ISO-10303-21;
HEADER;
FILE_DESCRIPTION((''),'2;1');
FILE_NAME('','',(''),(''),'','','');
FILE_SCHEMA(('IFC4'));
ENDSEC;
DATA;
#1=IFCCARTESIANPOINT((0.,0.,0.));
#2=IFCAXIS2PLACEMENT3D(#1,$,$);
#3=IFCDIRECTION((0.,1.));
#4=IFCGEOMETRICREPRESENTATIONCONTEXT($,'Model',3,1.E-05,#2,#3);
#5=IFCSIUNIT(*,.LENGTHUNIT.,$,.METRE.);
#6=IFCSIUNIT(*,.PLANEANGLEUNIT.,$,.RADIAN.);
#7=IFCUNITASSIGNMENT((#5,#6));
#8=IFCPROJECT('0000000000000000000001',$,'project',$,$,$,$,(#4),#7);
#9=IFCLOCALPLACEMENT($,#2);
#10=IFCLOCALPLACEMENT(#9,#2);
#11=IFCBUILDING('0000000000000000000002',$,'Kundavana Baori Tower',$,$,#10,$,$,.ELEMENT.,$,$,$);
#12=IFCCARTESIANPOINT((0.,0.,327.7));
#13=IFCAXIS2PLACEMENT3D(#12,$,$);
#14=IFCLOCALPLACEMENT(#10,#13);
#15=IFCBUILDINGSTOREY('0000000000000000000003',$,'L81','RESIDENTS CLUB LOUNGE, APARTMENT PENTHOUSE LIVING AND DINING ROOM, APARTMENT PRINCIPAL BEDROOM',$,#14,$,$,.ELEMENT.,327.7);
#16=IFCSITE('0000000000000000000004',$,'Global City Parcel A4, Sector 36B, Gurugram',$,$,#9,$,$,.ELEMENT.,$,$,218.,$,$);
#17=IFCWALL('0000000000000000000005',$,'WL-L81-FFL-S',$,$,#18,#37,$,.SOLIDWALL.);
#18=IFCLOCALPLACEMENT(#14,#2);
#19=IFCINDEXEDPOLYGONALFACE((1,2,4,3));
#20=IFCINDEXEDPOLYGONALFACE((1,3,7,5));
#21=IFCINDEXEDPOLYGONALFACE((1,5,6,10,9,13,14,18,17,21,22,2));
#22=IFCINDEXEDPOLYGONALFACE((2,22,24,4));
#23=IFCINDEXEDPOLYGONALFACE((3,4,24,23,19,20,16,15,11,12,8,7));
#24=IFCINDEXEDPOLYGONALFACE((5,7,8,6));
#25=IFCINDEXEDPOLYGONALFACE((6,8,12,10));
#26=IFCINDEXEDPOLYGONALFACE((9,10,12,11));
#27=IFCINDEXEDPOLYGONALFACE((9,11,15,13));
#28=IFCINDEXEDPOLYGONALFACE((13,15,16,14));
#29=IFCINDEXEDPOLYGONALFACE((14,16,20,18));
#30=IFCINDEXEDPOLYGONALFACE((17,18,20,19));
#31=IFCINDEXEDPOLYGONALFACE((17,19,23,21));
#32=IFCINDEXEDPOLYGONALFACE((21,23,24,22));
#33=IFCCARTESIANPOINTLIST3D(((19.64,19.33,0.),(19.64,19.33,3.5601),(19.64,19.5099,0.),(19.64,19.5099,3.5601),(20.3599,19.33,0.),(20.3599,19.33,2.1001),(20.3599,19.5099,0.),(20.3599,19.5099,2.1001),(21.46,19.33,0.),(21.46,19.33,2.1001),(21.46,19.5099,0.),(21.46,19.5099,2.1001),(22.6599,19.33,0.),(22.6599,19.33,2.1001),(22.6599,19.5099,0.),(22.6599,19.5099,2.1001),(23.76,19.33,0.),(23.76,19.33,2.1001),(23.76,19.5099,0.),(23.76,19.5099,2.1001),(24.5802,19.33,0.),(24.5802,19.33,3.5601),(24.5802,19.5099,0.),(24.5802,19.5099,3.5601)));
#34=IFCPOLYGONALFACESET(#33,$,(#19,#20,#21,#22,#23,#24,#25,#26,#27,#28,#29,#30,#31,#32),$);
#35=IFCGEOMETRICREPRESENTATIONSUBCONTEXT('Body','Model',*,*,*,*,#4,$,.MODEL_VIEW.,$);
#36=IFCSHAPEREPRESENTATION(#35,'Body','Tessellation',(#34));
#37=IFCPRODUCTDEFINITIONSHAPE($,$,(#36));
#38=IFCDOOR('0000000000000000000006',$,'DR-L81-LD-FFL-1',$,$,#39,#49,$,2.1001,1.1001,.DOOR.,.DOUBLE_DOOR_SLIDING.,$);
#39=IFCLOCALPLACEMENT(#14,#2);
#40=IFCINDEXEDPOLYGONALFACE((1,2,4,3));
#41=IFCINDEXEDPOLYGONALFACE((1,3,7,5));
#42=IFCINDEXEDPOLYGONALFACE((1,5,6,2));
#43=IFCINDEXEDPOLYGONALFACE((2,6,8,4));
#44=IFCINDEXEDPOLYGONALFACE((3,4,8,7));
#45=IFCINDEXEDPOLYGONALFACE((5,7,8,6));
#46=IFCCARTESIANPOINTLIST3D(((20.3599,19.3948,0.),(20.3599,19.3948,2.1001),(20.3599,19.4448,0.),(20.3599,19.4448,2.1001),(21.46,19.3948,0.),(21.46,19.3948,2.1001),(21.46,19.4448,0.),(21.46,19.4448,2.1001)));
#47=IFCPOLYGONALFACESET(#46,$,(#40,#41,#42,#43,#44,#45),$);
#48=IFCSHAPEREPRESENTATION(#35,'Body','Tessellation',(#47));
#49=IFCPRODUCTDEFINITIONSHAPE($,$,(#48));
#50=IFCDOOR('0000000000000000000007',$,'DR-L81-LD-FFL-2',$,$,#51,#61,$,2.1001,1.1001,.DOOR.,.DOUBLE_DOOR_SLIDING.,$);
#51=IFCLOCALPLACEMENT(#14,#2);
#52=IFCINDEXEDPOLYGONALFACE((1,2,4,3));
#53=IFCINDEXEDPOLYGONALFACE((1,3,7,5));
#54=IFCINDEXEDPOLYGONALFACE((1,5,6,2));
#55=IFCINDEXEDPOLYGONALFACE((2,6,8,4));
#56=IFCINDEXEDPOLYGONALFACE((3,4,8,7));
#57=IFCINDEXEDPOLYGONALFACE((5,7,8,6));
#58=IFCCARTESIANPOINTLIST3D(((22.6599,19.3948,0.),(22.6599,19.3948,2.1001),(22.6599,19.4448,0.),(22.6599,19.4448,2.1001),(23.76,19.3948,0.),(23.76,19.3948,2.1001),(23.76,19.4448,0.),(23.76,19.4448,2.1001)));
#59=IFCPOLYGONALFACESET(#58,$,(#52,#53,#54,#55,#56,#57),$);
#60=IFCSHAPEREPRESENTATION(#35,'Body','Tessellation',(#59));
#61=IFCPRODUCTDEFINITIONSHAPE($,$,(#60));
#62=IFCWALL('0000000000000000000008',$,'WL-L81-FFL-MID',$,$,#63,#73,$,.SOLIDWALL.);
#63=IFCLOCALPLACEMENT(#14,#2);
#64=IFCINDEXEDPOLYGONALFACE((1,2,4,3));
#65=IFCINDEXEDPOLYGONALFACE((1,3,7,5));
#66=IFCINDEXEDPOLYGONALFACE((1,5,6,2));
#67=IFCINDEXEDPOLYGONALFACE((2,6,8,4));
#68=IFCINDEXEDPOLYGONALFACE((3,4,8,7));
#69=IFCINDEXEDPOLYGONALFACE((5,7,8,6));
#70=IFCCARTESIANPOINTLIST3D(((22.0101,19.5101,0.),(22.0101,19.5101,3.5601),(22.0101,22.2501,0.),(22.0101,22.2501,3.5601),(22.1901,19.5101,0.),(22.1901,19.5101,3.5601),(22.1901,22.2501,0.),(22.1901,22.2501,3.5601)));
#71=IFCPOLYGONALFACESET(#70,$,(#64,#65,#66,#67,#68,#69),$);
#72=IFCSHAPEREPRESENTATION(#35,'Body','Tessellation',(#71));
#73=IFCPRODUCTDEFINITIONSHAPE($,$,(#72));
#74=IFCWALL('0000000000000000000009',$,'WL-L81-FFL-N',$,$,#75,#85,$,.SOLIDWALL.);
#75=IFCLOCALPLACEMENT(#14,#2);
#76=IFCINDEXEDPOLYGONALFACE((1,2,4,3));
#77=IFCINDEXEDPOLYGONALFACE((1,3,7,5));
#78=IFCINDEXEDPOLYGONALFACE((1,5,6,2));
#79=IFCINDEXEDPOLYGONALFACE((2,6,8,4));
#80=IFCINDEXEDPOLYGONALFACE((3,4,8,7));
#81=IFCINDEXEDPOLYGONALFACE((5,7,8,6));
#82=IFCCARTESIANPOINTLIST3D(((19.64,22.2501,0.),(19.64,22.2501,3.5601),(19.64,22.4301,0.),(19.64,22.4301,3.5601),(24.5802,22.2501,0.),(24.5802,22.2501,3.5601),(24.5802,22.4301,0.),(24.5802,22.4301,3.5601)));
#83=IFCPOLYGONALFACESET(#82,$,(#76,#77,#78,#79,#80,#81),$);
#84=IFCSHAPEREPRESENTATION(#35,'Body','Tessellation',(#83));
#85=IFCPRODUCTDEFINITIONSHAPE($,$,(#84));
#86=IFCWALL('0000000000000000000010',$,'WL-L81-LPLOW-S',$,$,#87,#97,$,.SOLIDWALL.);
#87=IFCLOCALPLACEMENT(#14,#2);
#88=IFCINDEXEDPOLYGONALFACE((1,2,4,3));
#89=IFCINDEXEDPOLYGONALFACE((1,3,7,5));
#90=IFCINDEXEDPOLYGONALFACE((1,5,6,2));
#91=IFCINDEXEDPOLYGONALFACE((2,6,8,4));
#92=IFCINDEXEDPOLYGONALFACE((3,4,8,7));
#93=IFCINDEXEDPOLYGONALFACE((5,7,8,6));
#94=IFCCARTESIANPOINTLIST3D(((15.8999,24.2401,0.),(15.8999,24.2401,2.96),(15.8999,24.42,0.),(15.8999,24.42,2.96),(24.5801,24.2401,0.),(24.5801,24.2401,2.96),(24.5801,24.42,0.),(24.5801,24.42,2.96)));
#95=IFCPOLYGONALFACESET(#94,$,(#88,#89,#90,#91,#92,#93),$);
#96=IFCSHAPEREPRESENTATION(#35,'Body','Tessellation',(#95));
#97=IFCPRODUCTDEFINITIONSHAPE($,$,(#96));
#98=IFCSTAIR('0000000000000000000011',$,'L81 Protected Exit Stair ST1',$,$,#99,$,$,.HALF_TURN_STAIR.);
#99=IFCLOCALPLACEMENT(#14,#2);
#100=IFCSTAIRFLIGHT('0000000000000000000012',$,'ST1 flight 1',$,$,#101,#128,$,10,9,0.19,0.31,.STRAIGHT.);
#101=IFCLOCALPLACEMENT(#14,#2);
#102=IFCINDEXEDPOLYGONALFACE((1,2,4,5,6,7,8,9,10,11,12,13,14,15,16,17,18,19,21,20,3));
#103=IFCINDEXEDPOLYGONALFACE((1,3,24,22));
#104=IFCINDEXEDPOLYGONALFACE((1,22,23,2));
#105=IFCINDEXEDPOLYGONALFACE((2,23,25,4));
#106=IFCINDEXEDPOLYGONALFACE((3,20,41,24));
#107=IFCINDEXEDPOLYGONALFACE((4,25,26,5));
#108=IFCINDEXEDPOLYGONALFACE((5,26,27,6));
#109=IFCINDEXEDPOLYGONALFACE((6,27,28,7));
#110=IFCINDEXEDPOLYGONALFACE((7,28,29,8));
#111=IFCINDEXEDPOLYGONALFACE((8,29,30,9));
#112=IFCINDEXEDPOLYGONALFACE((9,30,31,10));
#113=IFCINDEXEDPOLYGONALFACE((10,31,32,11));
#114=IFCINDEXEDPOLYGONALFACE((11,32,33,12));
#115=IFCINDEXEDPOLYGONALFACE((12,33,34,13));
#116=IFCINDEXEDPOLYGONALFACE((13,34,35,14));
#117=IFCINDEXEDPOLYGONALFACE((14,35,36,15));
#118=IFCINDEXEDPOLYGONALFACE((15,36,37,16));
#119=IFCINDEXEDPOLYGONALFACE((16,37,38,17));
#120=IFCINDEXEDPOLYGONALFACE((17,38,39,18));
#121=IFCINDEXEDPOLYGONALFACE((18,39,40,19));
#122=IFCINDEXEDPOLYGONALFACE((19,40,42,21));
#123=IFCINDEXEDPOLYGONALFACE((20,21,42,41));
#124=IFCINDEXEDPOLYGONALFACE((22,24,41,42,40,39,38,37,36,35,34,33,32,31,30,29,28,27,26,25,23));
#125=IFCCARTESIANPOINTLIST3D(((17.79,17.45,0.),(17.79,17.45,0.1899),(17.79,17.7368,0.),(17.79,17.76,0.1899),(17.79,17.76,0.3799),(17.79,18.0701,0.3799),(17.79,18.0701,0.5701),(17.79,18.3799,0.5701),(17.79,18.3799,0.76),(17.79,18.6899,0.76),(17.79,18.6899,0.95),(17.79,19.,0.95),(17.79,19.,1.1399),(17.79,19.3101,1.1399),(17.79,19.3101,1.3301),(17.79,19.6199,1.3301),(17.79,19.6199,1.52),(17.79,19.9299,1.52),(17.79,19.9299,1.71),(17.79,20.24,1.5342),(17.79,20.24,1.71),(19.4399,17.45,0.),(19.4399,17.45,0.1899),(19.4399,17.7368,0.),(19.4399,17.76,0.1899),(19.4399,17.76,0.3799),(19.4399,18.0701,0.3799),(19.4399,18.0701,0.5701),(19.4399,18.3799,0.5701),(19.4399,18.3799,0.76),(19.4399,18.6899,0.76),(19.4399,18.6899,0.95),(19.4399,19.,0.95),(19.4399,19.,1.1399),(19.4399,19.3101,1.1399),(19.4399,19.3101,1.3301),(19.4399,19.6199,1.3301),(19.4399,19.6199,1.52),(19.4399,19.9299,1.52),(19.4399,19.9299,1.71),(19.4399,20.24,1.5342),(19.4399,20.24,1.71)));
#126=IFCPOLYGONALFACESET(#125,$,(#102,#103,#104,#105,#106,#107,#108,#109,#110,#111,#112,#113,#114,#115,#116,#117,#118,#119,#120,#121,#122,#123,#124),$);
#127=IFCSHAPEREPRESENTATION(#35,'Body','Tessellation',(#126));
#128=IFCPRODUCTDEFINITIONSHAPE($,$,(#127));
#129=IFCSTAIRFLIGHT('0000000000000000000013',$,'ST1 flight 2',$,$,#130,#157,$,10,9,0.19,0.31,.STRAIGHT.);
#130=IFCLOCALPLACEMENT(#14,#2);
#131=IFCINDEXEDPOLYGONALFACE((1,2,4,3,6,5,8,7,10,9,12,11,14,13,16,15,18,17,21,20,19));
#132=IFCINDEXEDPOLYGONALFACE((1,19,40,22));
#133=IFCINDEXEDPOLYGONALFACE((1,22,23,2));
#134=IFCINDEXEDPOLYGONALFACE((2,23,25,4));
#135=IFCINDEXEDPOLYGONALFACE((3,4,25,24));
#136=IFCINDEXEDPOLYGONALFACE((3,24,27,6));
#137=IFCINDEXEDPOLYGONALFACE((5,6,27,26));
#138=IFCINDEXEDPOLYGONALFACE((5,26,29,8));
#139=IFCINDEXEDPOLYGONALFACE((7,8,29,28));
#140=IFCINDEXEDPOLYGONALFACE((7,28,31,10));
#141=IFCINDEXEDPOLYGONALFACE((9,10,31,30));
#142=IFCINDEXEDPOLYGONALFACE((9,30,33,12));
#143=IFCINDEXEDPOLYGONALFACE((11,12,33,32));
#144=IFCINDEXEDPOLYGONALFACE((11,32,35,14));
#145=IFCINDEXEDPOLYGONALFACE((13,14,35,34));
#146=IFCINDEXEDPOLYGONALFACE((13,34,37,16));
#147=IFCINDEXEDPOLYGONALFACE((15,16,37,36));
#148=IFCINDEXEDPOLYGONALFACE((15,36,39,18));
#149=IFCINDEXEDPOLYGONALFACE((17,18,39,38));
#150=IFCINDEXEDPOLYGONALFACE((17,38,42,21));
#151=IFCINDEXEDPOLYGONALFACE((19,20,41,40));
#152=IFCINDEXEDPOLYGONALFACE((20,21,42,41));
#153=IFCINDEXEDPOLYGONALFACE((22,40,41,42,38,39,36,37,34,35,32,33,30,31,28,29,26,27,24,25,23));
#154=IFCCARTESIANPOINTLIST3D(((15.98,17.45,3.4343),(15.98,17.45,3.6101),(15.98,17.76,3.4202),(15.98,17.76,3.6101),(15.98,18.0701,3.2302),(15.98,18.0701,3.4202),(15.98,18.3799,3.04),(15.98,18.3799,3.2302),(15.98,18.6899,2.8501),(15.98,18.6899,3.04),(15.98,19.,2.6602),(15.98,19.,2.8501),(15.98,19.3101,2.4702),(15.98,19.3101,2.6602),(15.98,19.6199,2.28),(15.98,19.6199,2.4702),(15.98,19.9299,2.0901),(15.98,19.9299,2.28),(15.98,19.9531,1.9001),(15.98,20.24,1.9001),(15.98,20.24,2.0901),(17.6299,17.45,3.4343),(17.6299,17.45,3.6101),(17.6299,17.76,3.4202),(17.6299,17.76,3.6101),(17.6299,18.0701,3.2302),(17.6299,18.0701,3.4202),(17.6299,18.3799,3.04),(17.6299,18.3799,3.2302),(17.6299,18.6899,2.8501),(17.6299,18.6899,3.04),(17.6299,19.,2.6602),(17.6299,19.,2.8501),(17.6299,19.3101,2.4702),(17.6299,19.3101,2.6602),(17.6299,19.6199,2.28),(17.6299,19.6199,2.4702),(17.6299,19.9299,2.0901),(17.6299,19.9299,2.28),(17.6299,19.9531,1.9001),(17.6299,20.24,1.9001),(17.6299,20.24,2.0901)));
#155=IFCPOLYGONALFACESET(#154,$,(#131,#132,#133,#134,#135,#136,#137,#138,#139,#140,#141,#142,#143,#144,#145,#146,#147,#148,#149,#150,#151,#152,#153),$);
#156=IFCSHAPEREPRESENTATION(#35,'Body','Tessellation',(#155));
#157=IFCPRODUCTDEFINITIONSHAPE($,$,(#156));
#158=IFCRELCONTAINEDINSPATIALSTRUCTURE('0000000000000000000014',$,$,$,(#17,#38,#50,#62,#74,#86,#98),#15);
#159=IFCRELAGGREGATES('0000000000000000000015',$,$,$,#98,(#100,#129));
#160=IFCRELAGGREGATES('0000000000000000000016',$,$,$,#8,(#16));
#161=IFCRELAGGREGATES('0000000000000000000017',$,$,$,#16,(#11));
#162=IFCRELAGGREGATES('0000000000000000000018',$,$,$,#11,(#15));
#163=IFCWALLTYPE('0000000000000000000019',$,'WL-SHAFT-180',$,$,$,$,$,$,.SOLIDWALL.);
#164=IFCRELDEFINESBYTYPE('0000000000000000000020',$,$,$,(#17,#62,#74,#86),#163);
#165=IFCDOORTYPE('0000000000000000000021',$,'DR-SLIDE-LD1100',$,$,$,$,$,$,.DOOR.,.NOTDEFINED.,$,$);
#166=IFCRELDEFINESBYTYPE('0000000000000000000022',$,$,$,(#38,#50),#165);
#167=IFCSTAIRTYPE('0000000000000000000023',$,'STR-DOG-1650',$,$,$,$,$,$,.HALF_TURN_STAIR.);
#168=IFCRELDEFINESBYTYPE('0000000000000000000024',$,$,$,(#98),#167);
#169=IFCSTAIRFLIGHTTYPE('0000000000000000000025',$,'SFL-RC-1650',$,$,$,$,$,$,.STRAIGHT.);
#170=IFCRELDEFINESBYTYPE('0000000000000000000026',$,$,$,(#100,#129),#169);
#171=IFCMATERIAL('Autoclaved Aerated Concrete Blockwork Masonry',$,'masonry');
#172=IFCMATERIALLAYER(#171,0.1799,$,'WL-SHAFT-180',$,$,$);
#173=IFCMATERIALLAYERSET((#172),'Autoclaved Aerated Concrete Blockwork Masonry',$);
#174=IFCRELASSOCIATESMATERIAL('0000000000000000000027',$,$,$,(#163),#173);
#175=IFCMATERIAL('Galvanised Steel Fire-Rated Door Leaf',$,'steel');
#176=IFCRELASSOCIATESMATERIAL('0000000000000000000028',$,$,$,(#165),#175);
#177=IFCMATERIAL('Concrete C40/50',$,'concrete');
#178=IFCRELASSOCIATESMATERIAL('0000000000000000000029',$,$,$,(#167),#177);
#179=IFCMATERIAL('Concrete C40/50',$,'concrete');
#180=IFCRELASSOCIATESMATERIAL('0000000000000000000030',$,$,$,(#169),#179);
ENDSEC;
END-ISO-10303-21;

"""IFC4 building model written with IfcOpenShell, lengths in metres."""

from ifc_helpers import new_model, si_unit, direction, frame, frame_2d, origin, place, context, subcontext, project, spatial, polyline, rectangle, outline, extrude, material, layer, layer_set, type_object, element, fill, aggregate, save


model = new_model("IFC4")

# Units and contexts
model_context = context("Model", 3, precision=1e-05, world=origin(), true_north=direction((0.0, 1.0)))
body_context = subcontext(model_context, "Body", "Model", "MODEL_VIEW")
ifc_project = project(units=[si_unit("LENGTHUNIT", "METRE"), si_unit("PLANEANGLEUNIT", "RADIAN")], contexts=[model_context])

# Site, building, storey
site_placement = place(None, origin())
site = spatial("IfcSite", under=ifc_project, at=site_placement, Name="Global City Parcel A4, Sector 36B, Gurugram", CompositionType="ELEMENT", RefElevation=218.0)
building_placement = place(site_placement, origin())
building = spatial("IfcBuilding", under=site, at=building_placement, Name="Kundavana Baori Tower", CompositionType="ELEMENT")
storey_placement = place(building_placement, frame((0.0, 0.0, 327.7)))
storey = spatial("IfcBuildingStorey", under=building, at=storey_placement, Name="L81", Description="RESIDENTS CLUB LOUNGE, APARTMENT PENTHOUSE LIVING AND DINING ROOM, APARTMENT PRINCIPAL BEDROOM", CompositionType="ELEMENT", Elevation=327.7)

# Wall, openings, doors
ifc_material_1 = material(Name="Autoclaved Aerated Concrete Blockwork Masonry", Category="masonry")
ifc_layer_1 = layer(ifc_material_1, 0.1799, Name="WL-SHAFT-180")
ifc_layer_set_1 = layer_set([ifc_layer_1], Name="Autoclaved Aerated Concrete Blockwork Masonry")
wall_type_1 = type_object("IfcWallType", Name="WL-SHAFT-180", PredefinedType="SOLIDWALL", material=ifc_layer_set_1)
wall_1_placement = place(storey_placement, frame((19.6399, 19.4199, 0.0), z_axis=(0.0, 0.0, 1.0), x_axis=(1.0, 0.0, 0.0)))
wall_1 = element("IfcWall", 1, at=wall_1_placement, inside=storey, type_object=wall_type_1, Name="WL-L81-FFL-S", PredefinedType="SOLIDWALL", context=body_context, shape_type="SweptSolid", body=[
    extrude(rectangle(XDim=4.9402, YDim=0.1799, at=frame_2d((2.4702, 0.0))), origin(), (0.0, 0.0, 1.0), 3.5601),
])
opening_1_placement = place(wall_1_placement, frame((0.72, 0.0, 0.0)))
opening_1 = element("IfcOpeningElement", 2, at=opening_1_placement, cuts=wall_1, PredefinedType="OPENING", context=body_context, shape_type="SweptSolid", body=[
    extrude(rectangle(XDim=1.1001, YDim=2.1001, at=frame_2d((0.55, 1.05))), frame((0.0, 0.1001, 0.0), z_axis=(0.0, -1.0, 0.0), x_axis=(1.0, 0.0, 0.0)), (0.0, 0.0, 1.0), 0.2),
])
opening_2_placement = place(wall_1_placement, frame((3.02, 0.0, 0.0)))
opening_2 = element("IfcOpeningElement", 3, at=opening_2_placement, cuts=wall_1, PredefinedType="OPENING", context=body_context, shape_type="SweptSolid", body=[
    extrude(rectangle(XDim=1.1001, YDim=2.1001, at=frame_2d((0.55, 1.05))), frame((0.0, 0.1001, 0.0), z_axis=(0.0, -1.0, 0.0), x_axis=(1.0, 0.0, 0.0)), (0.0, 0.0, 1.0), 0.2),
])
ifc_material_2 = material(Name="Galvanised Steel Fire-Rated Door Leaf", Category="steel")
door_type_1 = type_object("IfcDoorType", Name="DR-SLIDE-LD1100", OperationType="NOTDEFINED", PredefinedType="DOOR", material=ifc_material_2)
door_1_placement = place(opening_1_placement, origin())
door_1 = element("IfcDoor", 4, at=door_1_placement, inside=storey, type_object=door_type_1, Name="DR-L81-LD-FFL-1", OperationType="DOUBLE_DOOR_SLIDING", OverallHeight=2.1001, OverallWidth=1.1001, PredefinedType="DOOR", context=body_context, shape_type="SweptSolid", body=[
    extrude(rectangle(XDim=1.1001, YDim=2.1001, at=frame_2d((0.55, 1.05))), frame((0.0, 0.0249, 0.0), z_axis=(0.0, -1.0, 0.0), x_axis=(1.0, 0.0, 0.0)), (0.0, 0.0, 1.0), 0.05),
])
fill(opening_1, door_1)
door_2_placement = place(opening_2_placement, origin())
door_2 = element("IfcDoor", 5, at=door_2_placement, inside=storey, type_object=door_type_1, Name="DR-L81-LD-FFL-2", OperationType="DOUBLE_DOOR_SLIDING", OverallHeight=2.1001, OverallWidth=1.1001, PredefinedType="DOOR", context=body_context, shape_type="SweptSolid", body=[
    extrude(rectangle(XDim=1.1001, YDim=2.1001, at=frame_2d((0.55, 1.05))), frame((0.0, 0.0249, 0.0), z_axis=(0.0, -1.0, 0.0), x_axis=(1.0, 0.0, 0.0)), (0.0, 0.0, 1.0), 0.05),
])
fill(opening_2, door_2)

# Walls
wall_2_placement = place(storey_placement, frame((22.1001, 19.51, 0.0), z_axis=(0.0, 0.0, 1.0), x_axis=(0.0, 1.0, 0.0)))
element("IfcWall", 6, at=wall_2_placement, inside=storey, type_object=wall_type_1, Name="WL-L81-FFL-MID", PredefinedType="SOLIDWALL", context=body_context, shape_type="SweptSolid", body=[
    extrude(rectangle(XDim=2.74, YDim=0.1799, at=frame_2d((1.3701, 0.0))), origin(), (0.0, 0.0, 1.0), 3.5601),
])
wall_3_placement = place(storey_placement, frame((19.6399, 22.3401, 0.0), z_axis=(0.0, 0.0, 1.0), x_axis=(1.0, 0.0, 0.0)))
element("IfcWall", 7, at=wall_3_placement, inside=storey, type_object=wall_type_1, Name="WL-L81-FFL-N", PredefinedType="SOLIDWALL", context=body_context, shape_type="SweptSolid", body=[
    extrude(rectangle(XDim=4.9402, YDim=0.1799, at=frame_2d((2.4702, 0.0))), origin(), (0.0, 0.0, 1.0), 3.5601),
])
wall_4_placement = place(storey_placement, frame((15.8999, 24.3301, 0.0), z_axis=(0.0, 0.0, 1.0), x_axis=(1.0, 0.0, 0.0)))
element("IfcWall", 8, at=wall_4_placement, inside=storey, type_object=wall_type_1, Name="WL-L81-LPLOW-S", PredefinedType="SOLIDWALL", context=body_context, shape_type="SweptSolid", body=[
    extrude(rectangle(XDim=8.6802, YDim=0.1799, at=frame_2d((4.3401, 0.0))), origin(), (0.0, 0.0, 1.0), 2.96),
])

# Stair, stair flights
ifc_material_3 = material(Name="Concrete C40/50", Category="concrete")
stair_type = type_object("IfcStairType", Name="STR-DOG-1650", PredefinedType="HALF_TURN_STAIR", material=ifc_material_3)
stair_placement = place(storey_placement, origin())
stair = element("IfcStair", 9, at=stair_placement, inside=storey, type_object=stair_type, Name="L81 Protected Exit Stair ST1", PredefinedType="HALF_TURN_STAIR")
ifc_material_4 = material(Name="Concrete C40/50", Category="concrete")
stair_flight_type = type_object("IfcStairFlightType", Name="SFL-RC-1650", PredefinedType="STRAIGHT", material=ifc_material_4)
stair_flight_1_placement = place(storey_placement, frame((18.615, 17.45, 0.0), z_axis=(0.0, 0.0, 1.0), x_axis=(0.0, 1.0, 0.0)))
stair_flight_1 = element("IfcStairFlight", 10, at=stair_flight_1_placement, type_object=stair_flight_type, Name="ST1 flight 1", NumberOfRisers=10, NumberOfTreads=9, PredefinedType="STRAIGHT", RiserHeight=0.19, TreadLength=0.31, context=body_context, shape_type="SweptSolid", body=[
    extrude(outline(polyline([(0.0, 0.0), (0.0, 0.1899), (0.3101, 0.1899), (0.3101, 0.3799), (0.6201, 0.3799), (0.6201, 0.5701), (0.9299, 0.5701), (0.9299, 0.76), (1.24, 0.76), (1.24, 0.95), (1.55, 0.95), (1.55, 1.1399), (1.8601, 1.1399), (1.8601, 1.3301), (2.1699, 1.3301), (2.1699, 1.52), (2.48, 1.52), (2.48, 1.71), (2.79, 1.71), (2.79, 1.8999), (2.79, 1.5342), (0.2869, 0.0), (0.0, 0.0)])), frame((0.0, 0.825, 0.0), z_axis=(0.0, -1.0, 0.0), x_axis=(1.0, 0.0, 0.0)), (0.0, 0.0, 1.0), 1.6499),
])
stair_flight_2_placement = place(storey_placement, frame((16.8049, 20.24, 1.9001), z_axis=(0.0, 0.0, 1.0), x_axis=(0.0, -1.0, 0.0)))
stair_flight_2 = element("IfcStairFlight", 11, at=stair_flight_2_placement, type_object=stair_flight_type, Name="ST1 flight 2", NumberOfRisers=10, NumberOfTreads=9, PredefinedType="STRAIGHT", RiserHeight=0.19, TreadLength=0.31, context=body_context, shape_type="SweptSolid", body=[
    extrude(outline(polyline([(0.0, 0.0), (0.0, 0.1899), (0.3101, 0.1899), (0.3101, 0.3799), (0.6201, 0.3799), (0.6201, 0.5701), (0.9299, 0.5701), (0.9299, 0.76), (1.24, 0.76), (1.24, 0.95), (1.55, 0.95), (1.55, 1.1399), (1.8601, 1.1399), (1.8601, 1.3301), (2.1699, 1.3301), (2.1699, 1.52), (2.48, 1.52), (2.48, 1.71), (2.79, 1.71), (2.79, 1.8999), (2.79, 1.5342), (0.2869, 0.0), (0.0, 0.0)])), frame((0.0, 0.825, 0.0), z_axis=(0.0, -1.0, 0.0), x_axis=(1.0, 0.0, 0.0)), (0.0, 0.0, 1.0), 1.6499),
])
aggregate(stair, [stair_flight_1, stair_flight_2])

save(model, "model.ifc")
